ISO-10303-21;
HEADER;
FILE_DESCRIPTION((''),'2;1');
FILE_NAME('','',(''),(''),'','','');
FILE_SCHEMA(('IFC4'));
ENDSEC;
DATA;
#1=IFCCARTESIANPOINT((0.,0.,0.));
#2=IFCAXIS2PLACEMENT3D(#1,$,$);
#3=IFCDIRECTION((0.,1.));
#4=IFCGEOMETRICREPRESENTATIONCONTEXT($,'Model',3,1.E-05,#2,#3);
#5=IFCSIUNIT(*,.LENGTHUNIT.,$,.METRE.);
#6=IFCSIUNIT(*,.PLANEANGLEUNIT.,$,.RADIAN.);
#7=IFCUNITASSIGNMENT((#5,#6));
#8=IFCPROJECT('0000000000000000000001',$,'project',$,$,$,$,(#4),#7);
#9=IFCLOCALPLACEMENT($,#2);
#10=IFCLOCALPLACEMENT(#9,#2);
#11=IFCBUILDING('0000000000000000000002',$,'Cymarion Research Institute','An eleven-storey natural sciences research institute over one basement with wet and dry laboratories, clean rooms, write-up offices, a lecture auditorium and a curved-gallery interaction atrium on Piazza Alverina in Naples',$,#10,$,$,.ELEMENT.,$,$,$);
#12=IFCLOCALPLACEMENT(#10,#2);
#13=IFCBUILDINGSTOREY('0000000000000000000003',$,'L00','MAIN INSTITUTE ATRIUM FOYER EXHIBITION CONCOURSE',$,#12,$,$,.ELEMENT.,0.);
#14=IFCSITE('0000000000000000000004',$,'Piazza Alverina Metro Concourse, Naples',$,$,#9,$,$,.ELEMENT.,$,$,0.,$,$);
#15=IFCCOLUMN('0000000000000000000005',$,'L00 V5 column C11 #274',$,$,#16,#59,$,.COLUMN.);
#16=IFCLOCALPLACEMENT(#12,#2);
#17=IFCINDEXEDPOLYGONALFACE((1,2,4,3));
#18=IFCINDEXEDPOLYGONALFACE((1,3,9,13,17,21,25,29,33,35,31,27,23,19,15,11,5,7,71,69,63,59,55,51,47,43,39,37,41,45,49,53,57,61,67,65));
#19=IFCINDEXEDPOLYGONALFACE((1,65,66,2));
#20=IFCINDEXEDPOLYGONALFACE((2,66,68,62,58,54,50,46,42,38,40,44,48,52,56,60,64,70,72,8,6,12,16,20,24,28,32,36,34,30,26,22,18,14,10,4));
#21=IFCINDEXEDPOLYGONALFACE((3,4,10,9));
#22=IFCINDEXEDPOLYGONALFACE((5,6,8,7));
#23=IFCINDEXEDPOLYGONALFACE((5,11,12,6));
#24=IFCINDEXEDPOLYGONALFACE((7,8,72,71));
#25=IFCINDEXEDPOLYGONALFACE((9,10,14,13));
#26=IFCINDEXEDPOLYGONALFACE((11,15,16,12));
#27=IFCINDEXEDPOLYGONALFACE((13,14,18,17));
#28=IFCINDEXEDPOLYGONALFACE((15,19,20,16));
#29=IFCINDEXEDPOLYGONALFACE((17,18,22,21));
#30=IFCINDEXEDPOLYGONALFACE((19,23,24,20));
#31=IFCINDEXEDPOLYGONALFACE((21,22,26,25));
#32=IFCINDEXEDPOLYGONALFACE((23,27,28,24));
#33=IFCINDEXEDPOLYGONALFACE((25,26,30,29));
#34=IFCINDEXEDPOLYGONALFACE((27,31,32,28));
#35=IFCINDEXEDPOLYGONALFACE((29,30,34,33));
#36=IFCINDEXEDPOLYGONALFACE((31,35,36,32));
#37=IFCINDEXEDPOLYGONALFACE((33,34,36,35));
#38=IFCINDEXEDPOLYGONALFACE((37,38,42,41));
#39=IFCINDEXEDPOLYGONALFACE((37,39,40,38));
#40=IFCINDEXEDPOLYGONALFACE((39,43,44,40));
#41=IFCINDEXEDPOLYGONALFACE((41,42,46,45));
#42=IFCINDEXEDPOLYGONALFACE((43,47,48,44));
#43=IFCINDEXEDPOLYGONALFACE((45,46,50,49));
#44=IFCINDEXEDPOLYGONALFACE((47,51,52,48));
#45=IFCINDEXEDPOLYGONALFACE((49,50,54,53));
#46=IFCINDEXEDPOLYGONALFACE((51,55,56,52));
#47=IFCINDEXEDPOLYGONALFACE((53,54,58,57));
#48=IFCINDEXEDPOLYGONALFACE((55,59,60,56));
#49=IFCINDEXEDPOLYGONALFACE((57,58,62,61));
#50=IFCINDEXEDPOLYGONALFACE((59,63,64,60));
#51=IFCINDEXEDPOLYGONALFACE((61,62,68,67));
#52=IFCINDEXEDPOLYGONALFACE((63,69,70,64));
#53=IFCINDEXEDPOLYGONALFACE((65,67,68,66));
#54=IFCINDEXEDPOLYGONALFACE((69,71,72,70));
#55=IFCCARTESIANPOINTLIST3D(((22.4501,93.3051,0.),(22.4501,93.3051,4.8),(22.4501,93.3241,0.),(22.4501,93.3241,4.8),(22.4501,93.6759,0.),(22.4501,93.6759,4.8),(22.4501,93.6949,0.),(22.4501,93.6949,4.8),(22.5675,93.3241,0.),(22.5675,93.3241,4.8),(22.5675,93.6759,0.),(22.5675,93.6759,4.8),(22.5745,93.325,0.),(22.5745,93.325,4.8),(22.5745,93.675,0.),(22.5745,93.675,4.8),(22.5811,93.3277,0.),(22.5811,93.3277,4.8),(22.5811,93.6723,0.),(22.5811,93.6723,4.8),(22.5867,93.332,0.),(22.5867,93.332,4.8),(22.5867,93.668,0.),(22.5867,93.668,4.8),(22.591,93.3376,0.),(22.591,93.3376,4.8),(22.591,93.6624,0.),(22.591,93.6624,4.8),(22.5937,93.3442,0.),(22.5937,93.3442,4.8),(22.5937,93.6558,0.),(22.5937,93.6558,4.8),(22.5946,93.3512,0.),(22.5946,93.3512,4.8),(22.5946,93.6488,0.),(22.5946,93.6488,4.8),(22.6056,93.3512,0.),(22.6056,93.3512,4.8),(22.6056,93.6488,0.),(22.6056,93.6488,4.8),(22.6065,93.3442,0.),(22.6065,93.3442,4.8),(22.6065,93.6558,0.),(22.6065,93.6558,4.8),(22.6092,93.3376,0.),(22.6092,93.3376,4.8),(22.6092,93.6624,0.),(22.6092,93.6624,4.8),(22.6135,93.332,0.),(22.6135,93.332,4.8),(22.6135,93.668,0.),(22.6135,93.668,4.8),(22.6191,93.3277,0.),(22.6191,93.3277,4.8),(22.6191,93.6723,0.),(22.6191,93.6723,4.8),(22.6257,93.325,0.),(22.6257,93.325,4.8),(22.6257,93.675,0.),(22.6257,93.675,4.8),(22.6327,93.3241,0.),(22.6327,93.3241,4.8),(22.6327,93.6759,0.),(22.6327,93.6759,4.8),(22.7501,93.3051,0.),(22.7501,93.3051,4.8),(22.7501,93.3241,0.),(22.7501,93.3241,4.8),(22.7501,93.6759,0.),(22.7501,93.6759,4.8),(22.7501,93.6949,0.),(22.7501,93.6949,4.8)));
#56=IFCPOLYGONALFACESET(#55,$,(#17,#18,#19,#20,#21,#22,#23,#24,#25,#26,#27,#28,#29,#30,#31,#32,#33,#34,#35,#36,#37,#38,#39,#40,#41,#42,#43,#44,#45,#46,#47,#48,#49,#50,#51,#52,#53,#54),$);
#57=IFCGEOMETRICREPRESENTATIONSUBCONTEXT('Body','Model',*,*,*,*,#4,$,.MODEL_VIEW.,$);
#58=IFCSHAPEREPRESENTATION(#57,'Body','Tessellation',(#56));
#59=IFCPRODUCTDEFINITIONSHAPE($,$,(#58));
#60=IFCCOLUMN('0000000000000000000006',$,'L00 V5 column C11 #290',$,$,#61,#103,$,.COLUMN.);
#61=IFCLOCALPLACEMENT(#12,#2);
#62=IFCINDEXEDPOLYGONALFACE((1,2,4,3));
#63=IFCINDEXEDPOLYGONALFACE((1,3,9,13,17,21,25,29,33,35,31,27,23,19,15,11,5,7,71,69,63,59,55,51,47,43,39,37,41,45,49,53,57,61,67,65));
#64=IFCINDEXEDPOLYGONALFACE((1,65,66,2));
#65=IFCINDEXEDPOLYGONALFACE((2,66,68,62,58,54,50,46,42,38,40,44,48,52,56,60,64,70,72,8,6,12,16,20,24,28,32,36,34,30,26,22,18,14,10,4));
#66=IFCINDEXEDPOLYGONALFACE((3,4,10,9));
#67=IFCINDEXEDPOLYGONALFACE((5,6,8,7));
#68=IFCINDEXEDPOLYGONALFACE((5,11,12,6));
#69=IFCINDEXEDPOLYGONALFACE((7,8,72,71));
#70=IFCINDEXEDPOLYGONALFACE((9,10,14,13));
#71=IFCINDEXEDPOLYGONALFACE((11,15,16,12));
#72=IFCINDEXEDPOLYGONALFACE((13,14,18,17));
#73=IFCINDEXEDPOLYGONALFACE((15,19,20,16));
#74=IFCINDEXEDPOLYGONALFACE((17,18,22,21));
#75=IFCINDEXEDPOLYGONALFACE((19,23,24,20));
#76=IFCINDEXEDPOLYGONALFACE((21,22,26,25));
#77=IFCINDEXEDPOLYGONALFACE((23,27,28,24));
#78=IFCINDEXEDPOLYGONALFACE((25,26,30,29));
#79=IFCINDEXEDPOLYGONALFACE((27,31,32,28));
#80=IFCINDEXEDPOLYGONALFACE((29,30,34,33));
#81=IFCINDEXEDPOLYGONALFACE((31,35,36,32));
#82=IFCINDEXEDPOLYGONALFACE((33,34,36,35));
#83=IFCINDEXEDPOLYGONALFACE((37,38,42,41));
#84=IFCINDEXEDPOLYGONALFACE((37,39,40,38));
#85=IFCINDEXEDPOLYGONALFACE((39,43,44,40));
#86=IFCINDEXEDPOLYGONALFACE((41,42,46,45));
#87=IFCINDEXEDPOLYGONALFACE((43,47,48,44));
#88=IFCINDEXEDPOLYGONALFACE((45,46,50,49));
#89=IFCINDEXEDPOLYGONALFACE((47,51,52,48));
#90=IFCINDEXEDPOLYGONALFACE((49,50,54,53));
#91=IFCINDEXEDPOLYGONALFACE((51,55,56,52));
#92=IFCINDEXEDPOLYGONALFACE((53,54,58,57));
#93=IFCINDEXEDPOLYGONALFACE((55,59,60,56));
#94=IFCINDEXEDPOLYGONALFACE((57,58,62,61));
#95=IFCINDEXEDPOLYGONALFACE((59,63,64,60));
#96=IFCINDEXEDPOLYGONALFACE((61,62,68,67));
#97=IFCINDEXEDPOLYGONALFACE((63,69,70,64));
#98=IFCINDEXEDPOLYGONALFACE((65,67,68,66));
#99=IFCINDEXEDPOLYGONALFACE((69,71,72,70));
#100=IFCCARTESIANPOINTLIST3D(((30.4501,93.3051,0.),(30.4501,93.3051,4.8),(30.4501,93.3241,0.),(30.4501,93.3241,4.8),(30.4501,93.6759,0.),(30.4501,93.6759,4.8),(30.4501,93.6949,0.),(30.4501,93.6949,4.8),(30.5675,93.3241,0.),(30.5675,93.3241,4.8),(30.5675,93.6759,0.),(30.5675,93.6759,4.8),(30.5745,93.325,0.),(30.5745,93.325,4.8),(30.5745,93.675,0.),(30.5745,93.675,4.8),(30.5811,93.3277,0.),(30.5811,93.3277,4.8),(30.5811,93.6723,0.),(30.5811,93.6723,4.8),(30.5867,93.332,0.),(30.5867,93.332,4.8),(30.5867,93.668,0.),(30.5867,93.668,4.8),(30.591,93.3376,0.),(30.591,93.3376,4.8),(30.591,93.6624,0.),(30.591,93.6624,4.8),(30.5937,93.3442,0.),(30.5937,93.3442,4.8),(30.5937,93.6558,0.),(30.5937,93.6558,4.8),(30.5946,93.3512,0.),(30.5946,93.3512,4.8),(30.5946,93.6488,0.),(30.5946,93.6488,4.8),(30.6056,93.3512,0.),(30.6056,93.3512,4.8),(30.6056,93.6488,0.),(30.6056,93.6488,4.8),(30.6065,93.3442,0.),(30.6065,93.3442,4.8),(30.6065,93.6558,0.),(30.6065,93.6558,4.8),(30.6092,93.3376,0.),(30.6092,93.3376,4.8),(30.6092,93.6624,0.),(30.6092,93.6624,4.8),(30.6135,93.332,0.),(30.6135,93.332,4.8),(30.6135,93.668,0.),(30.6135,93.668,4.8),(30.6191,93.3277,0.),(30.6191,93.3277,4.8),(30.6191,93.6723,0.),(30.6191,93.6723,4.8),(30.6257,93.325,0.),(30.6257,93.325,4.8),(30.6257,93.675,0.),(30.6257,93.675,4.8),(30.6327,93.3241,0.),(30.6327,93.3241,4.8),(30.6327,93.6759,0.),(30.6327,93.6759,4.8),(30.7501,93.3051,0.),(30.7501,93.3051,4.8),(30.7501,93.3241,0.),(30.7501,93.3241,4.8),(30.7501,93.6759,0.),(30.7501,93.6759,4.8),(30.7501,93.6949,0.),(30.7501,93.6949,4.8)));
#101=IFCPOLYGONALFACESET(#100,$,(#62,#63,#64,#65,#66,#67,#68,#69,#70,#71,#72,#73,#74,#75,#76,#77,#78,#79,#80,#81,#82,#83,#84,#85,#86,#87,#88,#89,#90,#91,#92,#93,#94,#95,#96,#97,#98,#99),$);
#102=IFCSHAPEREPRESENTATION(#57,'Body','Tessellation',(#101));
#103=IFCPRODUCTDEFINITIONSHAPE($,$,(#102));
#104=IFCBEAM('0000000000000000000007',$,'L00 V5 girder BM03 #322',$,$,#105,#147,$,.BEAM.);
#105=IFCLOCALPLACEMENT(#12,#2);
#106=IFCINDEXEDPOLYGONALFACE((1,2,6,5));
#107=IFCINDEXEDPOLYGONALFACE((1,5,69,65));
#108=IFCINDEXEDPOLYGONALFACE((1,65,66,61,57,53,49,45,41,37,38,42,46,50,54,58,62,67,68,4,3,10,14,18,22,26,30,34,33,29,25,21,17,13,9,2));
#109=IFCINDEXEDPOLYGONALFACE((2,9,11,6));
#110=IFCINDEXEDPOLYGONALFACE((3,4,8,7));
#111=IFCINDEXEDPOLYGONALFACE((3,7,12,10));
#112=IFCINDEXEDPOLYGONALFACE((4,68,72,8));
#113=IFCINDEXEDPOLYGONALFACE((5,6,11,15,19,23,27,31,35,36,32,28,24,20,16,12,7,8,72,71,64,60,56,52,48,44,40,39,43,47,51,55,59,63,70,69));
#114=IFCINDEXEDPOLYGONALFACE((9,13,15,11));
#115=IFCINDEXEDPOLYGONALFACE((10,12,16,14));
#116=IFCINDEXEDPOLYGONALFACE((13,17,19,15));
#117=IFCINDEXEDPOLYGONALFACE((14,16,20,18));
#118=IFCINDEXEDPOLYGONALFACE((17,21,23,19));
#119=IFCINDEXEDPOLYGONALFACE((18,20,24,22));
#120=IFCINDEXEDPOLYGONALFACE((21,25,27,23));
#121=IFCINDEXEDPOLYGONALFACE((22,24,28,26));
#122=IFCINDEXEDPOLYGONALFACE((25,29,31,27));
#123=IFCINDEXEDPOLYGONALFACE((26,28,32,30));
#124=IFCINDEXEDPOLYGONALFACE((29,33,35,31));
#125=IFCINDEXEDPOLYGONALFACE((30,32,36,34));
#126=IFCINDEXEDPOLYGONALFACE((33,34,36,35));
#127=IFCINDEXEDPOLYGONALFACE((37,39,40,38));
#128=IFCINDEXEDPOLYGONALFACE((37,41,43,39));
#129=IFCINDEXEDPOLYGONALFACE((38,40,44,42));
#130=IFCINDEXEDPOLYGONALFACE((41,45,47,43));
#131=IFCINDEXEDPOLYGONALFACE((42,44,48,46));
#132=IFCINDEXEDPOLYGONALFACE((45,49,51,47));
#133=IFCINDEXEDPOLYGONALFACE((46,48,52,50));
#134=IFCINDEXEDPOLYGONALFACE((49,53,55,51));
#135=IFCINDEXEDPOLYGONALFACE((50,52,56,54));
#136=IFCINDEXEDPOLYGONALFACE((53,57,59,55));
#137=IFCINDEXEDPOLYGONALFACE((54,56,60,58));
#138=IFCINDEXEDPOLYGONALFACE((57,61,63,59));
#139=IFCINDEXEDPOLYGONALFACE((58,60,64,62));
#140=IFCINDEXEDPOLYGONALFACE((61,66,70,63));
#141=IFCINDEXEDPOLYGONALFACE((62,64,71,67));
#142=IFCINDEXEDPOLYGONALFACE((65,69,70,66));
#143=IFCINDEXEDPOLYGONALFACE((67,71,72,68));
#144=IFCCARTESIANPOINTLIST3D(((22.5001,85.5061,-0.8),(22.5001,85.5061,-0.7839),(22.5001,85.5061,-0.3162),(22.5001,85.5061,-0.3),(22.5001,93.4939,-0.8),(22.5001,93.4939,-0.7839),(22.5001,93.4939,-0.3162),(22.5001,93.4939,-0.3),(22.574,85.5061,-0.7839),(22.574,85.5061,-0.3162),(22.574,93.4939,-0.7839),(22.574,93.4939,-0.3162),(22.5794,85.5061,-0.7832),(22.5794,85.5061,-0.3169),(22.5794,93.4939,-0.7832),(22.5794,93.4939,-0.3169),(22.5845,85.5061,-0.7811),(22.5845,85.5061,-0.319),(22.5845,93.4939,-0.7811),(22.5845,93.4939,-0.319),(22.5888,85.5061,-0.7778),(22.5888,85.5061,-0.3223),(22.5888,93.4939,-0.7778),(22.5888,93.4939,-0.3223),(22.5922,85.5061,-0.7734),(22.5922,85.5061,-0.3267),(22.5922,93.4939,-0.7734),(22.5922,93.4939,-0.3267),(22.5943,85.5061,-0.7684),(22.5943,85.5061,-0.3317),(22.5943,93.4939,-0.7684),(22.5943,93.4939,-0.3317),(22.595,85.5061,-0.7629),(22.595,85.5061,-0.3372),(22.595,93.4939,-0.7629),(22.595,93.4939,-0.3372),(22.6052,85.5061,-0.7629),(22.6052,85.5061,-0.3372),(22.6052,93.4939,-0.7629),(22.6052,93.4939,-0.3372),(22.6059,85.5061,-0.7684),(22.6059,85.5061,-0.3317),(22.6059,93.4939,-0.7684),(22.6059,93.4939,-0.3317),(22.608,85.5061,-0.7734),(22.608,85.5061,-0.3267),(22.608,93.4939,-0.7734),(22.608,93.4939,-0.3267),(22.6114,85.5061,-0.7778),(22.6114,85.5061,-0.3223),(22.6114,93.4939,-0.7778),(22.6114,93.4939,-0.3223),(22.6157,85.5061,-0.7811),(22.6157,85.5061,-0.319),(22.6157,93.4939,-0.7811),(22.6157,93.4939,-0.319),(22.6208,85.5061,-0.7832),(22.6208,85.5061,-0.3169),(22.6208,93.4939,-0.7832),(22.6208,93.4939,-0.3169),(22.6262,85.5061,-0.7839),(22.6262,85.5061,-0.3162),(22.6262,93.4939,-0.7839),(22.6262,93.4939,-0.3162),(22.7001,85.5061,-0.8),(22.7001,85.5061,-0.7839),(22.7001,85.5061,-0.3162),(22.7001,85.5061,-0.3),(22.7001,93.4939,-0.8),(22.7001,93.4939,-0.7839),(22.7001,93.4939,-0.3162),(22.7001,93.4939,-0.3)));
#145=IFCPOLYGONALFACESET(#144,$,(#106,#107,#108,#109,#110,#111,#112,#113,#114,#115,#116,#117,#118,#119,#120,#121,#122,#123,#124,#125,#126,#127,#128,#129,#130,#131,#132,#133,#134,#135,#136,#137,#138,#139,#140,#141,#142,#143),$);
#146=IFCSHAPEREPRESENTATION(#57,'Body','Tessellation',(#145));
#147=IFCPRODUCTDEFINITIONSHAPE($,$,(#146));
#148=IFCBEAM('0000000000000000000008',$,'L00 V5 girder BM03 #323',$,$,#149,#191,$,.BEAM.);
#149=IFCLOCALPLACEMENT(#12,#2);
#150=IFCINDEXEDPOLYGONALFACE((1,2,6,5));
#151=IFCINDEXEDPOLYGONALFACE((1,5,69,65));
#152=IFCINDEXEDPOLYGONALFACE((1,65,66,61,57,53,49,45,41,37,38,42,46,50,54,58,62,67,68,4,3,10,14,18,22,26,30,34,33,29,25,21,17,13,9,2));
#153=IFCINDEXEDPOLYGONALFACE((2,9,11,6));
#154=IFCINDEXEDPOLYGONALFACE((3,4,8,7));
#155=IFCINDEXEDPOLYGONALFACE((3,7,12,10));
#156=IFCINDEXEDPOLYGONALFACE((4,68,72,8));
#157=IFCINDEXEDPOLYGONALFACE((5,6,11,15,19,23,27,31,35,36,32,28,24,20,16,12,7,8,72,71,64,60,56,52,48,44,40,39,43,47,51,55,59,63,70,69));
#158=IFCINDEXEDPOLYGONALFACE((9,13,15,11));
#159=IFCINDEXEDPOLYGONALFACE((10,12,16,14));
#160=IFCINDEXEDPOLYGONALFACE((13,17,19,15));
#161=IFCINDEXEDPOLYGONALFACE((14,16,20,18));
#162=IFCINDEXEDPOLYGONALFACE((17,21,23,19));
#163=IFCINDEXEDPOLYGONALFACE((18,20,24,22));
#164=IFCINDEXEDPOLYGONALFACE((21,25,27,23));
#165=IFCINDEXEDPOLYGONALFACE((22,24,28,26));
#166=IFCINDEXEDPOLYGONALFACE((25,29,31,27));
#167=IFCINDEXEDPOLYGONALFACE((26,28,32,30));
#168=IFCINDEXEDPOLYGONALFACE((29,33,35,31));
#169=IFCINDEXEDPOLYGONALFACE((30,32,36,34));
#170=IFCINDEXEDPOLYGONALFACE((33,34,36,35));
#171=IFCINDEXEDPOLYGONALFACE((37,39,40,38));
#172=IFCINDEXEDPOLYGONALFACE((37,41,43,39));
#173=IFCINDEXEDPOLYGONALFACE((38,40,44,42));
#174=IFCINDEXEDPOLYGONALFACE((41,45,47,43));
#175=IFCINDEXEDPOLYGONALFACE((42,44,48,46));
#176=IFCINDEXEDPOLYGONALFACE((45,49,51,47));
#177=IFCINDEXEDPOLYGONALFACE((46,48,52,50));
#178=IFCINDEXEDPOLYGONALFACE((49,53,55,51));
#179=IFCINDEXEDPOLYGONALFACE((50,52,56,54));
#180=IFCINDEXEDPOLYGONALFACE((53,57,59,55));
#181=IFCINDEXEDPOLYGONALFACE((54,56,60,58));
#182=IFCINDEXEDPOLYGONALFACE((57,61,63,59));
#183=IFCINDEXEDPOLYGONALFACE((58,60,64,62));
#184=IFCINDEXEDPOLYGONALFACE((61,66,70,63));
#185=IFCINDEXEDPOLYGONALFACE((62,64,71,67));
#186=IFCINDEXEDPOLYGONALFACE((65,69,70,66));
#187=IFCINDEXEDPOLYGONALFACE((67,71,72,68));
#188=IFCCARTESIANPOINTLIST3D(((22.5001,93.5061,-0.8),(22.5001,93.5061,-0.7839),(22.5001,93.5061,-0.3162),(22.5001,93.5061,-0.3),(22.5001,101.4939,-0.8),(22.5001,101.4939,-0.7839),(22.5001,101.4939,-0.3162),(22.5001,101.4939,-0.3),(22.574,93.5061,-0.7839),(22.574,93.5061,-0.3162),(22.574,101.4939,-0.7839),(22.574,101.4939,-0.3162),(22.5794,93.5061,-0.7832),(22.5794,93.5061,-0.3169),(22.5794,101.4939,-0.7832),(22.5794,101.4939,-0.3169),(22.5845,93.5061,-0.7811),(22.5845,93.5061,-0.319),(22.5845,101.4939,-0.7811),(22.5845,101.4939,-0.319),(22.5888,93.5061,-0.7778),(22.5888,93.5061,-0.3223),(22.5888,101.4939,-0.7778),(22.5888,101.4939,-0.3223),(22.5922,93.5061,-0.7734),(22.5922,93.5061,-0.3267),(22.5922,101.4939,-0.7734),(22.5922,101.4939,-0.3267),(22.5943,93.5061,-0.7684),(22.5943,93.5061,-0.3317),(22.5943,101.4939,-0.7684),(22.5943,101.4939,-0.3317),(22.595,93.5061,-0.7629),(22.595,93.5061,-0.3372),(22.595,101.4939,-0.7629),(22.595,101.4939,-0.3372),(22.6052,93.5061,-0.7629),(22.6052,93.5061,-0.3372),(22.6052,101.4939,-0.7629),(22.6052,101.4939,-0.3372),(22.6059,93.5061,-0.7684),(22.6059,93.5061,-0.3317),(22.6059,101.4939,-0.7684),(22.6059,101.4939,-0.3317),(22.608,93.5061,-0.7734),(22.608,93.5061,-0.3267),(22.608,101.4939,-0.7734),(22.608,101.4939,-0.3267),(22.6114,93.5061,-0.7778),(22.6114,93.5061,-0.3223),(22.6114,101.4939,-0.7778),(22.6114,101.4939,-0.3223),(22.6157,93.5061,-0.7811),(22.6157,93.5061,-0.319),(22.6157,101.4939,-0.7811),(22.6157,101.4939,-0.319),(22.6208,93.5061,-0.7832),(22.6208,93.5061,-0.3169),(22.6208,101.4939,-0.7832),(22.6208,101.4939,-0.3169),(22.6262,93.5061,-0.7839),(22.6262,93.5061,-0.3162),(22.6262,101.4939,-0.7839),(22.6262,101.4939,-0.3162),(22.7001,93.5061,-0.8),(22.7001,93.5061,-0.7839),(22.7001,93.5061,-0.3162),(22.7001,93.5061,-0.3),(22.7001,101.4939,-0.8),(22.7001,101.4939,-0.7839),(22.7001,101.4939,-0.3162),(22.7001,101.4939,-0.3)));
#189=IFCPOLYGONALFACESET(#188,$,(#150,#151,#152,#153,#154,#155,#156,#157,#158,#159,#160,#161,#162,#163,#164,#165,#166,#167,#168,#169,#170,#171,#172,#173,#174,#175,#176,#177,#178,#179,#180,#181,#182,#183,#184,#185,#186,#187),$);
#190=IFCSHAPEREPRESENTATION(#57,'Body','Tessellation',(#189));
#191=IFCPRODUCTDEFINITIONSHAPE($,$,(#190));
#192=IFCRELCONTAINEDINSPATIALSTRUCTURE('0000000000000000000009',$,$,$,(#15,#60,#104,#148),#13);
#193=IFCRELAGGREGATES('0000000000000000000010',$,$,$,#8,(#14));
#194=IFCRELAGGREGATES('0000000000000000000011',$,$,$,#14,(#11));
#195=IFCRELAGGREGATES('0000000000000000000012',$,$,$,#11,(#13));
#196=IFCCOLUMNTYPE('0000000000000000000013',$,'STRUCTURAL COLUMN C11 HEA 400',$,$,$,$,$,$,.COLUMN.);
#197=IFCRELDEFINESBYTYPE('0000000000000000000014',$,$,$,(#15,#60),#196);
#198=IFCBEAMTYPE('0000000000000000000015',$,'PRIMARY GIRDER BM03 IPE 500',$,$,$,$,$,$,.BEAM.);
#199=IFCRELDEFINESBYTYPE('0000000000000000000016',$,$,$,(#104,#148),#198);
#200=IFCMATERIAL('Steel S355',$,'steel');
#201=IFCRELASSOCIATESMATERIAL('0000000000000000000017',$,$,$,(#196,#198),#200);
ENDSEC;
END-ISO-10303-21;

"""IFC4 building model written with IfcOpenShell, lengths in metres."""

from ifc_helpers import new_model, si_unit, direction, frame, origin, origin_2d, place, context, subcontext, project, spatial, i_section, extrude, material, material_profile, profile_set, type_object, element, save


model = new_model("IFC4")

# Units and contexts
model_context = context("Model", 3, precision=1e-05, world=origin(), true_north=direction((0.0, 1.0)))
body_context = subcontext(model_context, "Body", "Model", "MODEL_VIEW")
ifc_project = project(units=[si_unit("LENGTHUNIT", "METRE"), si_unit("PLANEANGLEUNIT", "RADIAN")], contexts=[model_context])

# Site, building, storey
site_placement = place(None, origin())
site = spatial("IfcSite", under=ifc_project, at=site_placement, Name="Piazza Alverina Metro Concourse, Naples", CompositionType="ELEMENT", RefElevation=0.0)
building_placement = place(site_placement, origin())
building = spatial("IfcBuilding", under=site, at=building_placement, Name="Cymarion Research Institute", Description="An eleven-storey natural sciences research institute over one basement with wet and dry laboratories, clean rooms, write-up offices, a lecture auditorium and a curved-gallery interaction atrium on Piazza Alverina in Naples", CompositionType="ELEMENT")
storey_placement = place(building_placement, origin())
storey = spatial("IfcBuildingStorey", under=building, at=storey_placement, Name="L00", Description="MAIN INSTITUTE ATRIUM FOYER EXHIBITION CONCOURSE", CompositionType="ELEMENT", Elevation=0.0)

# Columns
ifc_material_1 = material(Name="Steel S355", Category="steel")
ifc_material_profile_1 = material_profile(ifc_material_1, i_section(OverallWidth=0.3, OverallDepth=0.3899, WebThickness=0.011, FlangeThickness=0.019, FilletRadius=0.0271, at=origin_2d()), Name="HEA 400")
ifc_profile_set_1 = profile_set([ifc_material_profile_1], Name="Steel S355")
column_type_1 = type_object("IfcColumnType", Name="STRUCTURAL COLUMN C11 HEA 400", PredefinedType="COLUMN", material=ifc_profile_set_1)
for number, where, z_axis, x_axis, name in (
    (1, (22.6001, 93.5, 0.0), (0.0, 0.0, 1.0), (1.0, 0.0, 0.0), "L00 V5 column C11 #274"),
    (2, (30.6001, 93.5, 0.0), (0.0, 0.0, 1.0), (1.0, 0.0, 0.0), "L00 V5 column C11 #290"),
):
    element("IfcColumn", number, at=place(storey_placement, frame(where, z_axis=z_axis, x_axis=x_axis)), inside=storey, type_object=column_type_1, Name=name, PredefinedType="COLUMN", context=body_context, shape_type="SweptSolid", body=[
        extrude(i_section(OverallWidth=0.3, OverallDepth=0.3899, WebThickness=0.011, FlangeThickness=0.019, FilletRadius=0.0271, at=origin_2d()), origin(), (0.0, 0.0, 1.0), 4.8),
    ])

# Beams
ifc_material_profile_2 = material_profile(ifc_material_1, i_section(OverallWidth=0.2, OverallDepth=0.5, WebThickness=0.0103, FlangeThickness=0.0161, FilletRadius=0.021, at=origin_2d()), Name="IPE 500")
ifc_profile_set_2 = profile_set([ifc_material_profile_2], Name="Steel S355")
beam_type_1 = type_object("IfcBeamType", Name="PRIMARY GIRDER BM03 IPE 500", PredefinedType="BEAM", material=ifc_profile_set_2)
for number, where, z_axis, x_axis, name in (
    (3, (22.6001, 85.5061, -0.55), (0.0, 1.0, 0.0), (-1.0, 0.0, 0.0), "L00 V5 girder BM03 #322"),
    (4, (22.6001, 93.5061, -0.55), (0.0, 1.0, 0.0), (-1.0, 0.0, 0.0), "L00 V5 girder BM03 #323"),
):
    element("IfcBeam", number, at=place(storey_placement, frame(where, z_axis=z_axis, x_axis=x_axis)), inside=storey, type_object=beam_type_1, Name=name, PredefinedType="BEAM", context=body_context, shape_type="SweptSolid", body=[
        extrude(i_section(OverallWidth=0.2, OverallDepth=0.5, WebThickness=0.0103, FlangeThickness=0.0161, FilletRadius=0.021, at=origin_2d()), origin(), (0.0, 0.0, 1.0), 7.9878),
    ])

save(model, "model.ifc")
